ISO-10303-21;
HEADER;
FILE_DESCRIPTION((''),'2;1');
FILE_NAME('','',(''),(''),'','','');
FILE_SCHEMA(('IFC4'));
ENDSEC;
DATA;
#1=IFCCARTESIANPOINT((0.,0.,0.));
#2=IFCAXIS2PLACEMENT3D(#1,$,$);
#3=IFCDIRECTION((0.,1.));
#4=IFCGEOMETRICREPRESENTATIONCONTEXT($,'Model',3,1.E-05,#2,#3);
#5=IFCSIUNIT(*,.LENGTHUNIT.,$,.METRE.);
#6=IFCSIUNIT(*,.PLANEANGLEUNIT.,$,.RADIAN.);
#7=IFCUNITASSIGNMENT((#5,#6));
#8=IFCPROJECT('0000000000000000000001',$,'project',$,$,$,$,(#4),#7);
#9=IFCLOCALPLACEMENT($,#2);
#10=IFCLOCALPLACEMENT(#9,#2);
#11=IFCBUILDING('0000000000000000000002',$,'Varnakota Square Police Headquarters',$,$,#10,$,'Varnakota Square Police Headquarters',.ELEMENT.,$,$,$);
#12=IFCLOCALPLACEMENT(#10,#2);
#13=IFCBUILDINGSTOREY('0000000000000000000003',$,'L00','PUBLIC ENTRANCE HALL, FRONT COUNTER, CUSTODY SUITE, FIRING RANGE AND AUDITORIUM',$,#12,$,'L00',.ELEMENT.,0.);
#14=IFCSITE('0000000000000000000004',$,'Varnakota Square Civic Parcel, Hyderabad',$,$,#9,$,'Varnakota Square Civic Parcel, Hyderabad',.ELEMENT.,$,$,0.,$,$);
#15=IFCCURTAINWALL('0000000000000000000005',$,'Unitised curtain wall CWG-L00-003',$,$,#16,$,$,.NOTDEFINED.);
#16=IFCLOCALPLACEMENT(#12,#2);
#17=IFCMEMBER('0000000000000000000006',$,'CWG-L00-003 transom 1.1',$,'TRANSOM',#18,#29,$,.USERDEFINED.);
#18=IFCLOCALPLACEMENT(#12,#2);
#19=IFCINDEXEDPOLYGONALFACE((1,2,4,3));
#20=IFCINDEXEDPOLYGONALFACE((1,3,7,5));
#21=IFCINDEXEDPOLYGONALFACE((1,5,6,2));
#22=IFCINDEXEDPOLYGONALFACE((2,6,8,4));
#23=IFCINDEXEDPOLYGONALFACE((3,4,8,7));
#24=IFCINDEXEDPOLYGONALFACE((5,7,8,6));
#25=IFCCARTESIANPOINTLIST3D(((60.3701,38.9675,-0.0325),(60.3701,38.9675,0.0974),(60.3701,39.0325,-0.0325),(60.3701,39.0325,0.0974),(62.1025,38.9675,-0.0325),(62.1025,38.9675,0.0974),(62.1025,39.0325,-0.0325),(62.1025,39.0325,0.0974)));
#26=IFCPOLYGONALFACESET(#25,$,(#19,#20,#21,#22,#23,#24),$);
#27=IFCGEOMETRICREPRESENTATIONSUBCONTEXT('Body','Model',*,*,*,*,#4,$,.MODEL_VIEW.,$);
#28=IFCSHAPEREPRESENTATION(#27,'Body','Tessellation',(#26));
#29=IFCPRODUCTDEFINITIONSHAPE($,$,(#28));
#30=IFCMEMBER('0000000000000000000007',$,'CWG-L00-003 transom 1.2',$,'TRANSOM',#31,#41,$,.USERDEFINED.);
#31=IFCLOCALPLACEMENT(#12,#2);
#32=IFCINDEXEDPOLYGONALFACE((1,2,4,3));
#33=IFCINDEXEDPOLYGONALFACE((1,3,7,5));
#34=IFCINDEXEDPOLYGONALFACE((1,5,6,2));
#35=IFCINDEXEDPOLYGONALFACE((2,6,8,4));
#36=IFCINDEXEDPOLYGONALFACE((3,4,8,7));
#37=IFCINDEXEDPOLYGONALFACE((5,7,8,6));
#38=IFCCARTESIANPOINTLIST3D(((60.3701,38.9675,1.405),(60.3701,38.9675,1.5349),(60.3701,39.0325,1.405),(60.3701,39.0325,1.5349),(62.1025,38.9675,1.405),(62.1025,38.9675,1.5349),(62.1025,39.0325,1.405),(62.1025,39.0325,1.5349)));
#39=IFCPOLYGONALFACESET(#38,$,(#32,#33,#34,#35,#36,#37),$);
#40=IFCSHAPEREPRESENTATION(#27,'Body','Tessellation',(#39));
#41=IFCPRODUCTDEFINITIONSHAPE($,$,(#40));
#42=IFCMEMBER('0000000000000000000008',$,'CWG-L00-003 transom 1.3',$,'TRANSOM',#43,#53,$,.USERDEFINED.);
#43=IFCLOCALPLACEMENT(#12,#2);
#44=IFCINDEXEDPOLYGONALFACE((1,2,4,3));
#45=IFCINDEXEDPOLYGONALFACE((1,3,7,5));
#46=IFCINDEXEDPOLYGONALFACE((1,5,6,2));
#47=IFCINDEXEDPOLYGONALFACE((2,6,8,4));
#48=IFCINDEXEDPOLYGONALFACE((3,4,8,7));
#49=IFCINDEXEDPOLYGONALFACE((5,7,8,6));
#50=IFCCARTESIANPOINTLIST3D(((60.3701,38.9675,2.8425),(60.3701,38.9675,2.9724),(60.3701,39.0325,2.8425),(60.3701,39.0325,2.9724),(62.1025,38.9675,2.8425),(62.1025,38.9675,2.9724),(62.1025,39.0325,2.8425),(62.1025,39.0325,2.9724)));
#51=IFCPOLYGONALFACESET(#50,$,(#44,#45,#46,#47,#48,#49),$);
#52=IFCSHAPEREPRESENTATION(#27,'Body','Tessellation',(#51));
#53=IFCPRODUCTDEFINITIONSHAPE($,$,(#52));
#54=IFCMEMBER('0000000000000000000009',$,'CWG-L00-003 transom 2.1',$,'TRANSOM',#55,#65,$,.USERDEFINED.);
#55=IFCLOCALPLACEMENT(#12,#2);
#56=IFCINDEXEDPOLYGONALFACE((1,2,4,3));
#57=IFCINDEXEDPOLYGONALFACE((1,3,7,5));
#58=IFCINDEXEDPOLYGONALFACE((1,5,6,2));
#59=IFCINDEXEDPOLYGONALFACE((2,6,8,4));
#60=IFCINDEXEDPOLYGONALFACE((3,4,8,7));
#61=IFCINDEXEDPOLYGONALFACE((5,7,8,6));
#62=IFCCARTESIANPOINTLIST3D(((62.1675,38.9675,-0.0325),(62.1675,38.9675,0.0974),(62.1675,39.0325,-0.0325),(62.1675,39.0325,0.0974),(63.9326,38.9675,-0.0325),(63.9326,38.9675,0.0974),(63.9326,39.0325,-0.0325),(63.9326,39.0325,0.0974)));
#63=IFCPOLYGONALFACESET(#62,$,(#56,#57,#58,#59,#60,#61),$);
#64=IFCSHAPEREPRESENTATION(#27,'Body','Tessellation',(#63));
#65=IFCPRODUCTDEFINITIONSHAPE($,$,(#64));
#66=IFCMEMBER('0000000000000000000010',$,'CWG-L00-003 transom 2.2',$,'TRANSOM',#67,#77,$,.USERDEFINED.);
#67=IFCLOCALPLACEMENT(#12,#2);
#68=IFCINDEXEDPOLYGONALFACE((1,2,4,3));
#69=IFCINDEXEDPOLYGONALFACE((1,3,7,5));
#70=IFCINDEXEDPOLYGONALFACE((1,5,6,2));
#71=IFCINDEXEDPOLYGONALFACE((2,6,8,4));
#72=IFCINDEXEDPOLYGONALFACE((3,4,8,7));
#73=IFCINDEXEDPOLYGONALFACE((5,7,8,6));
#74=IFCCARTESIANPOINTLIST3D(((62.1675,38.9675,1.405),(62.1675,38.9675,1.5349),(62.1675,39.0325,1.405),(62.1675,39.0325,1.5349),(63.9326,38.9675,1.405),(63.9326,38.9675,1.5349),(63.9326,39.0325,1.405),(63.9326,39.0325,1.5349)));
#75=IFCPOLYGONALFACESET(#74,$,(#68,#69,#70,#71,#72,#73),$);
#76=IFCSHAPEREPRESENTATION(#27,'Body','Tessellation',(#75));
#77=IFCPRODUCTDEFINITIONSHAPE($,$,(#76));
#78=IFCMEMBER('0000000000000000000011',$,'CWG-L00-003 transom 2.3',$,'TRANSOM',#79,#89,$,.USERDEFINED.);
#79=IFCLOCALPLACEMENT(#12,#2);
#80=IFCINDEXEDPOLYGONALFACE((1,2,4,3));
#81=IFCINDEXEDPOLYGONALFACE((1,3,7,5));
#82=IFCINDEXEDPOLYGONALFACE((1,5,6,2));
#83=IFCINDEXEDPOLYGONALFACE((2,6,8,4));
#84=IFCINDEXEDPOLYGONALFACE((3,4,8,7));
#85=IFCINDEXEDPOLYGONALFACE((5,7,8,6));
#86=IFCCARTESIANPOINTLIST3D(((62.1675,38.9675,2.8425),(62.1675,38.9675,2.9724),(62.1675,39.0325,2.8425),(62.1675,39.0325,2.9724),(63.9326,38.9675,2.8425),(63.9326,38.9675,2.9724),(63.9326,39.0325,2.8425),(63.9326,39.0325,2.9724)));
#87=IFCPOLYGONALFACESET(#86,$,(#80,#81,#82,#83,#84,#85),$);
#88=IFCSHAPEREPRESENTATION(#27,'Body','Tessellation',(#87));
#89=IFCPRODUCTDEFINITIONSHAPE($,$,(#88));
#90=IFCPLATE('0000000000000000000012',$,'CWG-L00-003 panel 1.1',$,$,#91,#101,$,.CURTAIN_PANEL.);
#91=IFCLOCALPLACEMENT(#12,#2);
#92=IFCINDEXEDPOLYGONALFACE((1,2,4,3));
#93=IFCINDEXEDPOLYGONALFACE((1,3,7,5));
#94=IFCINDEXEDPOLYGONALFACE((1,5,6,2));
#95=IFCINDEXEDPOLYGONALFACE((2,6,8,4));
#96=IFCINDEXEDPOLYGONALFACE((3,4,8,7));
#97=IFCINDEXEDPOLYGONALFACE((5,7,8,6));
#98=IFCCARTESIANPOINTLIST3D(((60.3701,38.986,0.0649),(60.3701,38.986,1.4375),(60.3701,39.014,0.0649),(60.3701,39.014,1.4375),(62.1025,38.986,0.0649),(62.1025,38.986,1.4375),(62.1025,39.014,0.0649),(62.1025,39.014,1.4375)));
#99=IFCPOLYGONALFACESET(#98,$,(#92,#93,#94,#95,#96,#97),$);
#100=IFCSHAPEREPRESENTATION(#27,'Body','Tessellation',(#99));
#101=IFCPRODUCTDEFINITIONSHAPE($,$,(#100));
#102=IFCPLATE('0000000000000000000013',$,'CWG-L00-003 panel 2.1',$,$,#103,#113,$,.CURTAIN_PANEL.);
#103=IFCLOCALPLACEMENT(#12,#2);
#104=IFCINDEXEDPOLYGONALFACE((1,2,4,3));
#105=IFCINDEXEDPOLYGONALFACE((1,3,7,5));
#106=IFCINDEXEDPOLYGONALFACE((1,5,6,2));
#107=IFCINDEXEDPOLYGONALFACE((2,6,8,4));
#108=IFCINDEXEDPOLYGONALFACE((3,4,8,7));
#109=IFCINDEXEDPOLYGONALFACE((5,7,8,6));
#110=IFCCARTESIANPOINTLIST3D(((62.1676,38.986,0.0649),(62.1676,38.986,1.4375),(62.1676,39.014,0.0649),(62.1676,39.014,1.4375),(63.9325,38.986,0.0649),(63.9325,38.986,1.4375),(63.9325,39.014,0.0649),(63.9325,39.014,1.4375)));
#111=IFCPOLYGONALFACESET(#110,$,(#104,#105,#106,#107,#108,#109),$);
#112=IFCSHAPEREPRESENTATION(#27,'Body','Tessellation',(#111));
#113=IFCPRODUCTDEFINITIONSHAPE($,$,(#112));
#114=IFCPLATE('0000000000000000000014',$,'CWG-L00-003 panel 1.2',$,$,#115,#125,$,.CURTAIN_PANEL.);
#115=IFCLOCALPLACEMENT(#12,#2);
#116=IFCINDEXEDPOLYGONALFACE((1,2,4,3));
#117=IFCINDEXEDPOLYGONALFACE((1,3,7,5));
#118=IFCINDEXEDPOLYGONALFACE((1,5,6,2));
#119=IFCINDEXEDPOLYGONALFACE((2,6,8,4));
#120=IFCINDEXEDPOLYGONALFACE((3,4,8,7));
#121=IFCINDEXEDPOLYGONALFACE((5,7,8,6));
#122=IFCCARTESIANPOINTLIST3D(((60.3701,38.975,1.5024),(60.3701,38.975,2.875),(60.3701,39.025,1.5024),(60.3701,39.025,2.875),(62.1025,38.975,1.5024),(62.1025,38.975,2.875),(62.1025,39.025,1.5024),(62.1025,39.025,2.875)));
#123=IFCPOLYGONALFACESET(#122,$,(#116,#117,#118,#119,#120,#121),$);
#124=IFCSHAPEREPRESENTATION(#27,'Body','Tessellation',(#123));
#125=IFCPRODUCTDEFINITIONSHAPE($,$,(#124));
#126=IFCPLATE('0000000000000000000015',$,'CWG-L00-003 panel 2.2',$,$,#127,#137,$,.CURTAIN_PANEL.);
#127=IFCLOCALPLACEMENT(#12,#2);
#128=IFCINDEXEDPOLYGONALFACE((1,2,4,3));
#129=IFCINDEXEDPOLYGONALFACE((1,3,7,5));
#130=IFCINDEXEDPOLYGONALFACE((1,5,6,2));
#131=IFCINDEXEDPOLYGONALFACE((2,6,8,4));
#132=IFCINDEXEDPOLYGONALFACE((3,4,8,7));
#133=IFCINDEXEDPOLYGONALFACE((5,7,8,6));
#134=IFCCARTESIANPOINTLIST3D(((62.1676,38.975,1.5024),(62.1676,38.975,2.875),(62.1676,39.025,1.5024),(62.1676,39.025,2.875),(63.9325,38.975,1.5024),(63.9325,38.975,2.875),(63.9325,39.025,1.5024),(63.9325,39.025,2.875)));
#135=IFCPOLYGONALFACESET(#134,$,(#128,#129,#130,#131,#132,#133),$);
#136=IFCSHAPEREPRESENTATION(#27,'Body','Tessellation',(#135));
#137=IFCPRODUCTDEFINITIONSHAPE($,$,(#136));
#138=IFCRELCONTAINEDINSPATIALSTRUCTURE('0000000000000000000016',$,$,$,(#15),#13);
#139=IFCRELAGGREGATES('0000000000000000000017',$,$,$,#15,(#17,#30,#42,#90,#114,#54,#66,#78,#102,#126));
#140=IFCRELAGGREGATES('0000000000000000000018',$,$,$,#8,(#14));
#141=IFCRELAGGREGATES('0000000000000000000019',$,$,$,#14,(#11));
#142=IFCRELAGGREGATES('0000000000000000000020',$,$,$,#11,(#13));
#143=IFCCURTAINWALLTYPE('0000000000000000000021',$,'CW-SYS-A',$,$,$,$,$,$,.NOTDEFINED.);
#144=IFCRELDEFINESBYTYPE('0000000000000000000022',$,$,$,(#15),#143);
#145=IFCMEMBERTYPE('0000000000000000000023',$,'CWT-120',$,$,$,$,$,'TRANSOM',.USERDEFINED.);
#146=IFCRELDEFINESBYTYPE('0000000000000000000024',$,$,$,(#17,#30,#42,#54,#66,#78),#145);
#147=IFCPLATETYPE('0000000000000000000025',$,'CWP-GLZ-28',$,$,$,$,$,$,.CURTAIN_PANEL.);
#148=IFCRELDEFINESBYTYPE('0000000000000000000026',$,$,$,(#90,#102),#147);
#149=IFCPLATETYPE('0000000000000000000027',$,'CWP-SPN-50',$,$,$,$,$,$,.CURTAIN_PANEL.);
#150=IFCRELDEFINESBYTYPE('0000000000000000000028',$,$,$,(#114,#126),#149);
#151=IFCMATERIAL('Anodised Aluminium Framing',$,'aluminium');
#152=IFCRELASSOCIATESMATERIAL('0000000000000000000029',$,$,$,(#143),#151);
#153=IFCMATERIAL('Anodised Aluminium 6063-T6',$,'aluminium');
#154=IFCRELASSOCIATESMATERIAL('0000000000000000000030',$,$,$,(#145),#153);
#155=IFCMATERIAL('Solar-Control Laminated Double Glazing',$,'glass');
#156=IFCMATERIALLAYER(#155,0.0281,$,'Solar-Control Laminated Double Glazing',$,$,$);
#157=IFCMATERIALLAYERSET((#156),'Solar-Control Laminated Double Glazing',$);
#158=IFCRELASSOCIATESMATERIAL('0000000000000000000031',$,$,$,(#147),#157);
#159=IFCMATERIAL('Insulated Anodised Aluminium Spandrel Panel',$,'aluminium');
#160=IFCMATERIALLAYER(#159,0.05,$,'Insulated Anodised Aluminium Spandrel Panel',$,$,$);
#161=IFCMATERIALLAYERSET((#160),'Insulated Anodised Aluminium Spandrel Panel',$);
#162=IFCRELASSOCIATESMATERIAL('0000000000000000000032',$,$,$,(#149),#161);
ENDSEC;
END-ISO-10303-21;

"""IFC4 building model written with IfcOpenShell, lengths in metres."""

from ifc_helpers import new_model, si_unit, direction, frame, origin, origin_2d, place, context, subcontext, project, spatial, rectangle, extrude, material, layer, layer_set, material_profile, profile_set, type_object, element, aggregate, save


model = new_model("IFC4")

# Units and contexts
model_context = context("Model", 3, precision=1e-05, world=origin(), true_north=direction((0.0, 1.0)))
body_context = subcontext(model_context, "Body", "Model", "MODEL_VIEW")
ifc_project = project(units=[si_unit("LENGTHUNIT", "METRE"), si_unit("PLANEANGLEUNIT", "RADIAN")], contexts=[model_context])

# Site, building, storey
site_placement = place(None, origin())
site = spatial("IfcSite", under=ifc_project, at=site_placement, Name="Varnakota Square Civic Parcel, Hyderabad", LongName="Varnakota Square Civic Parcel, Hyderabad", CompositionType="ELEMENT", RefElevation=0.0)
building_placement = place(site_placement, origin())
building = spatial("IfcBuilding", under=site, at=building_placement, Name="Varnakota Square Police Headquarters", LongName="Varnakota Square Police Headquarters", CompositionType="ELEMENT")
storey_placement = place(building_placement, origin())
storey = spatial("IfcBuildingStorey", under=building, at=storey_placement, Name="L00", Description="PUBLIC ENTRANCE HALL, FRONT COUNTER, CUSTODY SUITE, FIRING RANGE AND AUDITORIUM", LongName="L00", CompositionType="ELEMENT", Elevation=0.0)

# Curtain wall, members, plates
ifc_material_1 = material(Name="Anodised Aluminium Framing", Category="aluminium")
curtain_wall_type = type_object("IfcCurtainWallType", Name="CW-SYS-A", PredefinedType="NOTDEFINED", material=ifc_material_1)
curtain_wall_placement = place(storey_placement, origin())
curtain_wall = element("IfcCurtainWall", 1, at=curtain_wall_placement, inside=storey, type_object=curtain_wall_type, Name="Unitised curtain wall CWG-L00-003", PredefinedType="NOTDEFINED")
ifc_material_2 = material(Name="Anodised Aluminium 6063-T6", Category="aluminium")
ifc_material_profile_1 = material_profile(ifc_material_2, rectangle(XDim=0.0649, YDim=0.1299, at=origin_2d()), Name="ALU TRANSOM 65x130")
ifc_profile_set_1 = profile_set([ifc_material_profile_1], Name="Anodised Aluminium 6063-T6")
member_type_1 = type_object("IfcMemberType", Name="CWT-120", ElementType="TRANSOM", PredefinedType="USERDEFINED", material=ifc_profile_set_1)
member_1_placement = place(storey_placement, frame((60.3701, 39.0, 0.0325), z_axis=(1.0, 0.0, 0.0), x_axis=(0.0, 1.0, 0.0)))
member_1 = element("IfcMember", 2, at=member_1_placement, type_object=member_type_1, Name="CWG-L00-003 transom 1.1", ObjectType="TRANSOM", PredefinedType="USERDEFINED", context=body_context, shape_type="SweptSolid", body=[
    extrude(rectangle(XDim=0.0649, YDim=0.1299, at=origin_2d()), origin(), (0.0, 0.0, 1.0), 1.7324),
])
member_2_placement = place(storey_placement, frame((60.3701, 39.0, 1.47), z_axis=(1.0, 0.0, 0.0), x_axis=(0.0, 1.0, 0.0)))
member_2 = element("IfcMember", 3, at=member_2_placement, type_object=member_type_1, Name="CWG-L00-003 transom 1.2", ObjectType="TRANSOM", PredefinedType="USERDEFINED", context=body_context, shape_type="SweptSolid", body=[
    extrude(rectangle(XDim=0.0649, YDim=0.1299, at=origin_2d()), origin(), (0.0, 0.0, 1.0), 1.7324),
])
member_3_placement = place(storey_placement, frame((60.3701, 39.0, 2.9075), z_axis=(1.0, 0.0, 0.0), x_axis=(0.0, 1.0, 0.0)))
member_3 = element("IfcMember", 4, at=member_3_placement, type_object=member_type_1, Name="CWG-L00-003 transom 1.3", ObjectType="TRANSOM", PredefinedType="USERDEFINED", context=body_context, shape_type="SweptSolid", body=[
    extrude(rectangle(XDim=0.0649, YDim=0.1299, at=origin_2d()), origin(), (0.0, 0.0, 1.0), 1.7324),
])
member_4_placement = place(storey_placement, frame((62.1675, 39.0, 0.0325), z_axis=(1.0, 0.0, 0.0), x_axis=(0.0, 1.0, 0.0)))
member_4 = element("IfcMember", 5, at=member_4_placement, type_object=member_type_1, Name="CWG-L00-003 transom 2.1", ObjectType="TRANSOM", PredefinedType="USERDEFINED", context=body_context, shape_type="SweptSolid", body=[
    extrude(rectangle(XDim=0.0649, YDim=0.1299, at=origin_2d()), origin(), (0.0, 0.0, 1.0), 1.7651),
])
member_5_placement = place(storey_placement, frame((62.1675, 39.0, 1.47), z_axis=(1.0, 0.0, 0.0), x_axis=(0.0, 1.0, 0.0)))
member_5 = element("IfcMember", 6, at=member_5_placement, type_object=member_type_1, Name="CWG-L00-003 transom 2.2", ObjectType="TRANSOM", PredefinedType="USERDEFINED", context=body_context, shape_type="SweptSolid", body=[
    extrude(rectangle(XDim=0.0649, YDim=0.1299, at=origin_2d()), origin(), (0.0, 0.0, 1.0), 1.7651),
])
member_6_placement = place(storey_placement, frame((62.1675, 39.0, 2.9075), z_axis=(1.0, 0.0, 0.0), x_axis=(0.0, 1.0, 0.0)))
member_6 = element("IfcMember", 7, at=member_6_placement, type_object=member_type_1, Name="CWG-L00-003 transom 2.3", ObjectType="TRANSOM", PredefinedType="USERDEFINED", context=body_context, shape_type="SweptSolid", body=[
    extrude(rectangle(XDim=0.0649, YDim=0.1299, at=origin_2d()), origin(), (0.0, 0.0, 1.0), 1.7651),
])
ifc_material_3 = material(Name="Solar-Control Laminated Double Glazing", Category="glass")
ifc_layer_1 = layer(ifc_material_3, 0.0281, Name="Solar-Control Laminated Double Glazing")
ifc_layer_set_1 = layer_set([ifc_layer_1], Name="Solar-Control Laminated Double Glazing")
plate_type_1 = type_object("IfcPlateType", Name="CWP-GLZ-28", PredefinedType="CURTAIN_PANEL", material=ifc_layer_set_1)
plate_1_placement = place(storey_placement, frame((61.2363, 39.0, 0.0649), z_axis=(0.0, 0.0, 1.0), x_axis=(1.0, 0.0, 0.0)))
plate_1 = element("IfcPlate", 8, at=plate_1_placement, type_object=plate_type_1, Name="CWG-L00-003 panel 1.1", PredefinedType="CURTAIN_PANEL", context=body_context, shape_type="SweptSolid", body=[
    extrude(rectangle(XDim=1.7324, YDim=0.0281, at=origin_2d()), origin(), (0.0, 0.0, 1.0), 1.3726),
])
plate_2_placement = place(storey_placement, frame((63.05, 39.0, 0.0649), z_axis=(0.0, 0.0, 1.0), x_axis=(1.0, 0.0, 0.0)))
plate_2 = element("IfcPlate", 9, at=plate_2_placement, type_object=plate_type_1, Name="CWG-L00-003 panel 2.1", PredefinedType="CURTAIN_PANEL", context=body_context, shape_type="SweptSolid", body=[
    extrude(rectangle(XDim=1.7649, YDim=0.0281, at=origin_2d()), origin(), (0.0, 0.0, 1.0), 1.3726),
])
ifc_material_4 = material(Name="Insulated Anodised Aluminium Spandrel Panel", Category="aluminium")
ifc_layer_2 = layer(ifc_material_4, 0.05, Name="Insulated Anodised Aluminium Spandrel Panel")
ifc_layer_set_2 = layer_set([ifc_layer_2], Name="Insulated Anodised Aluminium Spandrel Panel")
plate_type_2 = type_object("IfcPlateType", Name="CWP-SPN-50", PredefinedType="CURTAIN_PANEL", material=ifc_layer_set_2)
plate_3_placement = place(storey_placement, frame((61.2363, 39.0, 1.5024), z_axis=(0.0, 0.0, 1.0), x_axis=(1.0, 0.0, 0.0)))
plate_3 = element("IfcPlate", 10, at=plate_3_placement, type_object=plate_type_2, Name="CWG-L00-003 panel 1.2", PredefinedType="CURTAIN_PANEL", context=body_context, shape_type="SweptSolid", body=[
    extrude(rectangle(XDim=1.7324, YDim=0.05, at=origin_2d()), origin(), (0.0, 0.0, 1.0), 1.3726),
])
plate_4_placement = place(storey_placement, frame((63.05, 39.0, 1.5024), z_axis=(0.0, 0.0, 1.0), x_axis=(1.0, 0.0, 0.0)))
plate_4 = element("IfcPlate", 11, at=plate_4_placement, type_object=plate_type_2, Name="CWG-L00-003 panel 2.2", PredefinedType="CURTAIN_PANEL", context=body_context, shape_type="SweptSolid", body=[
    extrude(rectangle(XDim=1.7649, YDim=0.05, at=origin_2d()), origin(), (0.0, 0.0, 1.0), 1.3726),
])
aggregate(curtain_wall, [member_1, member_2, member_3, plate_1, plate_3, member_4, member_5, member_6, plate_2, plate_4])

save(model, "model.ifc")
